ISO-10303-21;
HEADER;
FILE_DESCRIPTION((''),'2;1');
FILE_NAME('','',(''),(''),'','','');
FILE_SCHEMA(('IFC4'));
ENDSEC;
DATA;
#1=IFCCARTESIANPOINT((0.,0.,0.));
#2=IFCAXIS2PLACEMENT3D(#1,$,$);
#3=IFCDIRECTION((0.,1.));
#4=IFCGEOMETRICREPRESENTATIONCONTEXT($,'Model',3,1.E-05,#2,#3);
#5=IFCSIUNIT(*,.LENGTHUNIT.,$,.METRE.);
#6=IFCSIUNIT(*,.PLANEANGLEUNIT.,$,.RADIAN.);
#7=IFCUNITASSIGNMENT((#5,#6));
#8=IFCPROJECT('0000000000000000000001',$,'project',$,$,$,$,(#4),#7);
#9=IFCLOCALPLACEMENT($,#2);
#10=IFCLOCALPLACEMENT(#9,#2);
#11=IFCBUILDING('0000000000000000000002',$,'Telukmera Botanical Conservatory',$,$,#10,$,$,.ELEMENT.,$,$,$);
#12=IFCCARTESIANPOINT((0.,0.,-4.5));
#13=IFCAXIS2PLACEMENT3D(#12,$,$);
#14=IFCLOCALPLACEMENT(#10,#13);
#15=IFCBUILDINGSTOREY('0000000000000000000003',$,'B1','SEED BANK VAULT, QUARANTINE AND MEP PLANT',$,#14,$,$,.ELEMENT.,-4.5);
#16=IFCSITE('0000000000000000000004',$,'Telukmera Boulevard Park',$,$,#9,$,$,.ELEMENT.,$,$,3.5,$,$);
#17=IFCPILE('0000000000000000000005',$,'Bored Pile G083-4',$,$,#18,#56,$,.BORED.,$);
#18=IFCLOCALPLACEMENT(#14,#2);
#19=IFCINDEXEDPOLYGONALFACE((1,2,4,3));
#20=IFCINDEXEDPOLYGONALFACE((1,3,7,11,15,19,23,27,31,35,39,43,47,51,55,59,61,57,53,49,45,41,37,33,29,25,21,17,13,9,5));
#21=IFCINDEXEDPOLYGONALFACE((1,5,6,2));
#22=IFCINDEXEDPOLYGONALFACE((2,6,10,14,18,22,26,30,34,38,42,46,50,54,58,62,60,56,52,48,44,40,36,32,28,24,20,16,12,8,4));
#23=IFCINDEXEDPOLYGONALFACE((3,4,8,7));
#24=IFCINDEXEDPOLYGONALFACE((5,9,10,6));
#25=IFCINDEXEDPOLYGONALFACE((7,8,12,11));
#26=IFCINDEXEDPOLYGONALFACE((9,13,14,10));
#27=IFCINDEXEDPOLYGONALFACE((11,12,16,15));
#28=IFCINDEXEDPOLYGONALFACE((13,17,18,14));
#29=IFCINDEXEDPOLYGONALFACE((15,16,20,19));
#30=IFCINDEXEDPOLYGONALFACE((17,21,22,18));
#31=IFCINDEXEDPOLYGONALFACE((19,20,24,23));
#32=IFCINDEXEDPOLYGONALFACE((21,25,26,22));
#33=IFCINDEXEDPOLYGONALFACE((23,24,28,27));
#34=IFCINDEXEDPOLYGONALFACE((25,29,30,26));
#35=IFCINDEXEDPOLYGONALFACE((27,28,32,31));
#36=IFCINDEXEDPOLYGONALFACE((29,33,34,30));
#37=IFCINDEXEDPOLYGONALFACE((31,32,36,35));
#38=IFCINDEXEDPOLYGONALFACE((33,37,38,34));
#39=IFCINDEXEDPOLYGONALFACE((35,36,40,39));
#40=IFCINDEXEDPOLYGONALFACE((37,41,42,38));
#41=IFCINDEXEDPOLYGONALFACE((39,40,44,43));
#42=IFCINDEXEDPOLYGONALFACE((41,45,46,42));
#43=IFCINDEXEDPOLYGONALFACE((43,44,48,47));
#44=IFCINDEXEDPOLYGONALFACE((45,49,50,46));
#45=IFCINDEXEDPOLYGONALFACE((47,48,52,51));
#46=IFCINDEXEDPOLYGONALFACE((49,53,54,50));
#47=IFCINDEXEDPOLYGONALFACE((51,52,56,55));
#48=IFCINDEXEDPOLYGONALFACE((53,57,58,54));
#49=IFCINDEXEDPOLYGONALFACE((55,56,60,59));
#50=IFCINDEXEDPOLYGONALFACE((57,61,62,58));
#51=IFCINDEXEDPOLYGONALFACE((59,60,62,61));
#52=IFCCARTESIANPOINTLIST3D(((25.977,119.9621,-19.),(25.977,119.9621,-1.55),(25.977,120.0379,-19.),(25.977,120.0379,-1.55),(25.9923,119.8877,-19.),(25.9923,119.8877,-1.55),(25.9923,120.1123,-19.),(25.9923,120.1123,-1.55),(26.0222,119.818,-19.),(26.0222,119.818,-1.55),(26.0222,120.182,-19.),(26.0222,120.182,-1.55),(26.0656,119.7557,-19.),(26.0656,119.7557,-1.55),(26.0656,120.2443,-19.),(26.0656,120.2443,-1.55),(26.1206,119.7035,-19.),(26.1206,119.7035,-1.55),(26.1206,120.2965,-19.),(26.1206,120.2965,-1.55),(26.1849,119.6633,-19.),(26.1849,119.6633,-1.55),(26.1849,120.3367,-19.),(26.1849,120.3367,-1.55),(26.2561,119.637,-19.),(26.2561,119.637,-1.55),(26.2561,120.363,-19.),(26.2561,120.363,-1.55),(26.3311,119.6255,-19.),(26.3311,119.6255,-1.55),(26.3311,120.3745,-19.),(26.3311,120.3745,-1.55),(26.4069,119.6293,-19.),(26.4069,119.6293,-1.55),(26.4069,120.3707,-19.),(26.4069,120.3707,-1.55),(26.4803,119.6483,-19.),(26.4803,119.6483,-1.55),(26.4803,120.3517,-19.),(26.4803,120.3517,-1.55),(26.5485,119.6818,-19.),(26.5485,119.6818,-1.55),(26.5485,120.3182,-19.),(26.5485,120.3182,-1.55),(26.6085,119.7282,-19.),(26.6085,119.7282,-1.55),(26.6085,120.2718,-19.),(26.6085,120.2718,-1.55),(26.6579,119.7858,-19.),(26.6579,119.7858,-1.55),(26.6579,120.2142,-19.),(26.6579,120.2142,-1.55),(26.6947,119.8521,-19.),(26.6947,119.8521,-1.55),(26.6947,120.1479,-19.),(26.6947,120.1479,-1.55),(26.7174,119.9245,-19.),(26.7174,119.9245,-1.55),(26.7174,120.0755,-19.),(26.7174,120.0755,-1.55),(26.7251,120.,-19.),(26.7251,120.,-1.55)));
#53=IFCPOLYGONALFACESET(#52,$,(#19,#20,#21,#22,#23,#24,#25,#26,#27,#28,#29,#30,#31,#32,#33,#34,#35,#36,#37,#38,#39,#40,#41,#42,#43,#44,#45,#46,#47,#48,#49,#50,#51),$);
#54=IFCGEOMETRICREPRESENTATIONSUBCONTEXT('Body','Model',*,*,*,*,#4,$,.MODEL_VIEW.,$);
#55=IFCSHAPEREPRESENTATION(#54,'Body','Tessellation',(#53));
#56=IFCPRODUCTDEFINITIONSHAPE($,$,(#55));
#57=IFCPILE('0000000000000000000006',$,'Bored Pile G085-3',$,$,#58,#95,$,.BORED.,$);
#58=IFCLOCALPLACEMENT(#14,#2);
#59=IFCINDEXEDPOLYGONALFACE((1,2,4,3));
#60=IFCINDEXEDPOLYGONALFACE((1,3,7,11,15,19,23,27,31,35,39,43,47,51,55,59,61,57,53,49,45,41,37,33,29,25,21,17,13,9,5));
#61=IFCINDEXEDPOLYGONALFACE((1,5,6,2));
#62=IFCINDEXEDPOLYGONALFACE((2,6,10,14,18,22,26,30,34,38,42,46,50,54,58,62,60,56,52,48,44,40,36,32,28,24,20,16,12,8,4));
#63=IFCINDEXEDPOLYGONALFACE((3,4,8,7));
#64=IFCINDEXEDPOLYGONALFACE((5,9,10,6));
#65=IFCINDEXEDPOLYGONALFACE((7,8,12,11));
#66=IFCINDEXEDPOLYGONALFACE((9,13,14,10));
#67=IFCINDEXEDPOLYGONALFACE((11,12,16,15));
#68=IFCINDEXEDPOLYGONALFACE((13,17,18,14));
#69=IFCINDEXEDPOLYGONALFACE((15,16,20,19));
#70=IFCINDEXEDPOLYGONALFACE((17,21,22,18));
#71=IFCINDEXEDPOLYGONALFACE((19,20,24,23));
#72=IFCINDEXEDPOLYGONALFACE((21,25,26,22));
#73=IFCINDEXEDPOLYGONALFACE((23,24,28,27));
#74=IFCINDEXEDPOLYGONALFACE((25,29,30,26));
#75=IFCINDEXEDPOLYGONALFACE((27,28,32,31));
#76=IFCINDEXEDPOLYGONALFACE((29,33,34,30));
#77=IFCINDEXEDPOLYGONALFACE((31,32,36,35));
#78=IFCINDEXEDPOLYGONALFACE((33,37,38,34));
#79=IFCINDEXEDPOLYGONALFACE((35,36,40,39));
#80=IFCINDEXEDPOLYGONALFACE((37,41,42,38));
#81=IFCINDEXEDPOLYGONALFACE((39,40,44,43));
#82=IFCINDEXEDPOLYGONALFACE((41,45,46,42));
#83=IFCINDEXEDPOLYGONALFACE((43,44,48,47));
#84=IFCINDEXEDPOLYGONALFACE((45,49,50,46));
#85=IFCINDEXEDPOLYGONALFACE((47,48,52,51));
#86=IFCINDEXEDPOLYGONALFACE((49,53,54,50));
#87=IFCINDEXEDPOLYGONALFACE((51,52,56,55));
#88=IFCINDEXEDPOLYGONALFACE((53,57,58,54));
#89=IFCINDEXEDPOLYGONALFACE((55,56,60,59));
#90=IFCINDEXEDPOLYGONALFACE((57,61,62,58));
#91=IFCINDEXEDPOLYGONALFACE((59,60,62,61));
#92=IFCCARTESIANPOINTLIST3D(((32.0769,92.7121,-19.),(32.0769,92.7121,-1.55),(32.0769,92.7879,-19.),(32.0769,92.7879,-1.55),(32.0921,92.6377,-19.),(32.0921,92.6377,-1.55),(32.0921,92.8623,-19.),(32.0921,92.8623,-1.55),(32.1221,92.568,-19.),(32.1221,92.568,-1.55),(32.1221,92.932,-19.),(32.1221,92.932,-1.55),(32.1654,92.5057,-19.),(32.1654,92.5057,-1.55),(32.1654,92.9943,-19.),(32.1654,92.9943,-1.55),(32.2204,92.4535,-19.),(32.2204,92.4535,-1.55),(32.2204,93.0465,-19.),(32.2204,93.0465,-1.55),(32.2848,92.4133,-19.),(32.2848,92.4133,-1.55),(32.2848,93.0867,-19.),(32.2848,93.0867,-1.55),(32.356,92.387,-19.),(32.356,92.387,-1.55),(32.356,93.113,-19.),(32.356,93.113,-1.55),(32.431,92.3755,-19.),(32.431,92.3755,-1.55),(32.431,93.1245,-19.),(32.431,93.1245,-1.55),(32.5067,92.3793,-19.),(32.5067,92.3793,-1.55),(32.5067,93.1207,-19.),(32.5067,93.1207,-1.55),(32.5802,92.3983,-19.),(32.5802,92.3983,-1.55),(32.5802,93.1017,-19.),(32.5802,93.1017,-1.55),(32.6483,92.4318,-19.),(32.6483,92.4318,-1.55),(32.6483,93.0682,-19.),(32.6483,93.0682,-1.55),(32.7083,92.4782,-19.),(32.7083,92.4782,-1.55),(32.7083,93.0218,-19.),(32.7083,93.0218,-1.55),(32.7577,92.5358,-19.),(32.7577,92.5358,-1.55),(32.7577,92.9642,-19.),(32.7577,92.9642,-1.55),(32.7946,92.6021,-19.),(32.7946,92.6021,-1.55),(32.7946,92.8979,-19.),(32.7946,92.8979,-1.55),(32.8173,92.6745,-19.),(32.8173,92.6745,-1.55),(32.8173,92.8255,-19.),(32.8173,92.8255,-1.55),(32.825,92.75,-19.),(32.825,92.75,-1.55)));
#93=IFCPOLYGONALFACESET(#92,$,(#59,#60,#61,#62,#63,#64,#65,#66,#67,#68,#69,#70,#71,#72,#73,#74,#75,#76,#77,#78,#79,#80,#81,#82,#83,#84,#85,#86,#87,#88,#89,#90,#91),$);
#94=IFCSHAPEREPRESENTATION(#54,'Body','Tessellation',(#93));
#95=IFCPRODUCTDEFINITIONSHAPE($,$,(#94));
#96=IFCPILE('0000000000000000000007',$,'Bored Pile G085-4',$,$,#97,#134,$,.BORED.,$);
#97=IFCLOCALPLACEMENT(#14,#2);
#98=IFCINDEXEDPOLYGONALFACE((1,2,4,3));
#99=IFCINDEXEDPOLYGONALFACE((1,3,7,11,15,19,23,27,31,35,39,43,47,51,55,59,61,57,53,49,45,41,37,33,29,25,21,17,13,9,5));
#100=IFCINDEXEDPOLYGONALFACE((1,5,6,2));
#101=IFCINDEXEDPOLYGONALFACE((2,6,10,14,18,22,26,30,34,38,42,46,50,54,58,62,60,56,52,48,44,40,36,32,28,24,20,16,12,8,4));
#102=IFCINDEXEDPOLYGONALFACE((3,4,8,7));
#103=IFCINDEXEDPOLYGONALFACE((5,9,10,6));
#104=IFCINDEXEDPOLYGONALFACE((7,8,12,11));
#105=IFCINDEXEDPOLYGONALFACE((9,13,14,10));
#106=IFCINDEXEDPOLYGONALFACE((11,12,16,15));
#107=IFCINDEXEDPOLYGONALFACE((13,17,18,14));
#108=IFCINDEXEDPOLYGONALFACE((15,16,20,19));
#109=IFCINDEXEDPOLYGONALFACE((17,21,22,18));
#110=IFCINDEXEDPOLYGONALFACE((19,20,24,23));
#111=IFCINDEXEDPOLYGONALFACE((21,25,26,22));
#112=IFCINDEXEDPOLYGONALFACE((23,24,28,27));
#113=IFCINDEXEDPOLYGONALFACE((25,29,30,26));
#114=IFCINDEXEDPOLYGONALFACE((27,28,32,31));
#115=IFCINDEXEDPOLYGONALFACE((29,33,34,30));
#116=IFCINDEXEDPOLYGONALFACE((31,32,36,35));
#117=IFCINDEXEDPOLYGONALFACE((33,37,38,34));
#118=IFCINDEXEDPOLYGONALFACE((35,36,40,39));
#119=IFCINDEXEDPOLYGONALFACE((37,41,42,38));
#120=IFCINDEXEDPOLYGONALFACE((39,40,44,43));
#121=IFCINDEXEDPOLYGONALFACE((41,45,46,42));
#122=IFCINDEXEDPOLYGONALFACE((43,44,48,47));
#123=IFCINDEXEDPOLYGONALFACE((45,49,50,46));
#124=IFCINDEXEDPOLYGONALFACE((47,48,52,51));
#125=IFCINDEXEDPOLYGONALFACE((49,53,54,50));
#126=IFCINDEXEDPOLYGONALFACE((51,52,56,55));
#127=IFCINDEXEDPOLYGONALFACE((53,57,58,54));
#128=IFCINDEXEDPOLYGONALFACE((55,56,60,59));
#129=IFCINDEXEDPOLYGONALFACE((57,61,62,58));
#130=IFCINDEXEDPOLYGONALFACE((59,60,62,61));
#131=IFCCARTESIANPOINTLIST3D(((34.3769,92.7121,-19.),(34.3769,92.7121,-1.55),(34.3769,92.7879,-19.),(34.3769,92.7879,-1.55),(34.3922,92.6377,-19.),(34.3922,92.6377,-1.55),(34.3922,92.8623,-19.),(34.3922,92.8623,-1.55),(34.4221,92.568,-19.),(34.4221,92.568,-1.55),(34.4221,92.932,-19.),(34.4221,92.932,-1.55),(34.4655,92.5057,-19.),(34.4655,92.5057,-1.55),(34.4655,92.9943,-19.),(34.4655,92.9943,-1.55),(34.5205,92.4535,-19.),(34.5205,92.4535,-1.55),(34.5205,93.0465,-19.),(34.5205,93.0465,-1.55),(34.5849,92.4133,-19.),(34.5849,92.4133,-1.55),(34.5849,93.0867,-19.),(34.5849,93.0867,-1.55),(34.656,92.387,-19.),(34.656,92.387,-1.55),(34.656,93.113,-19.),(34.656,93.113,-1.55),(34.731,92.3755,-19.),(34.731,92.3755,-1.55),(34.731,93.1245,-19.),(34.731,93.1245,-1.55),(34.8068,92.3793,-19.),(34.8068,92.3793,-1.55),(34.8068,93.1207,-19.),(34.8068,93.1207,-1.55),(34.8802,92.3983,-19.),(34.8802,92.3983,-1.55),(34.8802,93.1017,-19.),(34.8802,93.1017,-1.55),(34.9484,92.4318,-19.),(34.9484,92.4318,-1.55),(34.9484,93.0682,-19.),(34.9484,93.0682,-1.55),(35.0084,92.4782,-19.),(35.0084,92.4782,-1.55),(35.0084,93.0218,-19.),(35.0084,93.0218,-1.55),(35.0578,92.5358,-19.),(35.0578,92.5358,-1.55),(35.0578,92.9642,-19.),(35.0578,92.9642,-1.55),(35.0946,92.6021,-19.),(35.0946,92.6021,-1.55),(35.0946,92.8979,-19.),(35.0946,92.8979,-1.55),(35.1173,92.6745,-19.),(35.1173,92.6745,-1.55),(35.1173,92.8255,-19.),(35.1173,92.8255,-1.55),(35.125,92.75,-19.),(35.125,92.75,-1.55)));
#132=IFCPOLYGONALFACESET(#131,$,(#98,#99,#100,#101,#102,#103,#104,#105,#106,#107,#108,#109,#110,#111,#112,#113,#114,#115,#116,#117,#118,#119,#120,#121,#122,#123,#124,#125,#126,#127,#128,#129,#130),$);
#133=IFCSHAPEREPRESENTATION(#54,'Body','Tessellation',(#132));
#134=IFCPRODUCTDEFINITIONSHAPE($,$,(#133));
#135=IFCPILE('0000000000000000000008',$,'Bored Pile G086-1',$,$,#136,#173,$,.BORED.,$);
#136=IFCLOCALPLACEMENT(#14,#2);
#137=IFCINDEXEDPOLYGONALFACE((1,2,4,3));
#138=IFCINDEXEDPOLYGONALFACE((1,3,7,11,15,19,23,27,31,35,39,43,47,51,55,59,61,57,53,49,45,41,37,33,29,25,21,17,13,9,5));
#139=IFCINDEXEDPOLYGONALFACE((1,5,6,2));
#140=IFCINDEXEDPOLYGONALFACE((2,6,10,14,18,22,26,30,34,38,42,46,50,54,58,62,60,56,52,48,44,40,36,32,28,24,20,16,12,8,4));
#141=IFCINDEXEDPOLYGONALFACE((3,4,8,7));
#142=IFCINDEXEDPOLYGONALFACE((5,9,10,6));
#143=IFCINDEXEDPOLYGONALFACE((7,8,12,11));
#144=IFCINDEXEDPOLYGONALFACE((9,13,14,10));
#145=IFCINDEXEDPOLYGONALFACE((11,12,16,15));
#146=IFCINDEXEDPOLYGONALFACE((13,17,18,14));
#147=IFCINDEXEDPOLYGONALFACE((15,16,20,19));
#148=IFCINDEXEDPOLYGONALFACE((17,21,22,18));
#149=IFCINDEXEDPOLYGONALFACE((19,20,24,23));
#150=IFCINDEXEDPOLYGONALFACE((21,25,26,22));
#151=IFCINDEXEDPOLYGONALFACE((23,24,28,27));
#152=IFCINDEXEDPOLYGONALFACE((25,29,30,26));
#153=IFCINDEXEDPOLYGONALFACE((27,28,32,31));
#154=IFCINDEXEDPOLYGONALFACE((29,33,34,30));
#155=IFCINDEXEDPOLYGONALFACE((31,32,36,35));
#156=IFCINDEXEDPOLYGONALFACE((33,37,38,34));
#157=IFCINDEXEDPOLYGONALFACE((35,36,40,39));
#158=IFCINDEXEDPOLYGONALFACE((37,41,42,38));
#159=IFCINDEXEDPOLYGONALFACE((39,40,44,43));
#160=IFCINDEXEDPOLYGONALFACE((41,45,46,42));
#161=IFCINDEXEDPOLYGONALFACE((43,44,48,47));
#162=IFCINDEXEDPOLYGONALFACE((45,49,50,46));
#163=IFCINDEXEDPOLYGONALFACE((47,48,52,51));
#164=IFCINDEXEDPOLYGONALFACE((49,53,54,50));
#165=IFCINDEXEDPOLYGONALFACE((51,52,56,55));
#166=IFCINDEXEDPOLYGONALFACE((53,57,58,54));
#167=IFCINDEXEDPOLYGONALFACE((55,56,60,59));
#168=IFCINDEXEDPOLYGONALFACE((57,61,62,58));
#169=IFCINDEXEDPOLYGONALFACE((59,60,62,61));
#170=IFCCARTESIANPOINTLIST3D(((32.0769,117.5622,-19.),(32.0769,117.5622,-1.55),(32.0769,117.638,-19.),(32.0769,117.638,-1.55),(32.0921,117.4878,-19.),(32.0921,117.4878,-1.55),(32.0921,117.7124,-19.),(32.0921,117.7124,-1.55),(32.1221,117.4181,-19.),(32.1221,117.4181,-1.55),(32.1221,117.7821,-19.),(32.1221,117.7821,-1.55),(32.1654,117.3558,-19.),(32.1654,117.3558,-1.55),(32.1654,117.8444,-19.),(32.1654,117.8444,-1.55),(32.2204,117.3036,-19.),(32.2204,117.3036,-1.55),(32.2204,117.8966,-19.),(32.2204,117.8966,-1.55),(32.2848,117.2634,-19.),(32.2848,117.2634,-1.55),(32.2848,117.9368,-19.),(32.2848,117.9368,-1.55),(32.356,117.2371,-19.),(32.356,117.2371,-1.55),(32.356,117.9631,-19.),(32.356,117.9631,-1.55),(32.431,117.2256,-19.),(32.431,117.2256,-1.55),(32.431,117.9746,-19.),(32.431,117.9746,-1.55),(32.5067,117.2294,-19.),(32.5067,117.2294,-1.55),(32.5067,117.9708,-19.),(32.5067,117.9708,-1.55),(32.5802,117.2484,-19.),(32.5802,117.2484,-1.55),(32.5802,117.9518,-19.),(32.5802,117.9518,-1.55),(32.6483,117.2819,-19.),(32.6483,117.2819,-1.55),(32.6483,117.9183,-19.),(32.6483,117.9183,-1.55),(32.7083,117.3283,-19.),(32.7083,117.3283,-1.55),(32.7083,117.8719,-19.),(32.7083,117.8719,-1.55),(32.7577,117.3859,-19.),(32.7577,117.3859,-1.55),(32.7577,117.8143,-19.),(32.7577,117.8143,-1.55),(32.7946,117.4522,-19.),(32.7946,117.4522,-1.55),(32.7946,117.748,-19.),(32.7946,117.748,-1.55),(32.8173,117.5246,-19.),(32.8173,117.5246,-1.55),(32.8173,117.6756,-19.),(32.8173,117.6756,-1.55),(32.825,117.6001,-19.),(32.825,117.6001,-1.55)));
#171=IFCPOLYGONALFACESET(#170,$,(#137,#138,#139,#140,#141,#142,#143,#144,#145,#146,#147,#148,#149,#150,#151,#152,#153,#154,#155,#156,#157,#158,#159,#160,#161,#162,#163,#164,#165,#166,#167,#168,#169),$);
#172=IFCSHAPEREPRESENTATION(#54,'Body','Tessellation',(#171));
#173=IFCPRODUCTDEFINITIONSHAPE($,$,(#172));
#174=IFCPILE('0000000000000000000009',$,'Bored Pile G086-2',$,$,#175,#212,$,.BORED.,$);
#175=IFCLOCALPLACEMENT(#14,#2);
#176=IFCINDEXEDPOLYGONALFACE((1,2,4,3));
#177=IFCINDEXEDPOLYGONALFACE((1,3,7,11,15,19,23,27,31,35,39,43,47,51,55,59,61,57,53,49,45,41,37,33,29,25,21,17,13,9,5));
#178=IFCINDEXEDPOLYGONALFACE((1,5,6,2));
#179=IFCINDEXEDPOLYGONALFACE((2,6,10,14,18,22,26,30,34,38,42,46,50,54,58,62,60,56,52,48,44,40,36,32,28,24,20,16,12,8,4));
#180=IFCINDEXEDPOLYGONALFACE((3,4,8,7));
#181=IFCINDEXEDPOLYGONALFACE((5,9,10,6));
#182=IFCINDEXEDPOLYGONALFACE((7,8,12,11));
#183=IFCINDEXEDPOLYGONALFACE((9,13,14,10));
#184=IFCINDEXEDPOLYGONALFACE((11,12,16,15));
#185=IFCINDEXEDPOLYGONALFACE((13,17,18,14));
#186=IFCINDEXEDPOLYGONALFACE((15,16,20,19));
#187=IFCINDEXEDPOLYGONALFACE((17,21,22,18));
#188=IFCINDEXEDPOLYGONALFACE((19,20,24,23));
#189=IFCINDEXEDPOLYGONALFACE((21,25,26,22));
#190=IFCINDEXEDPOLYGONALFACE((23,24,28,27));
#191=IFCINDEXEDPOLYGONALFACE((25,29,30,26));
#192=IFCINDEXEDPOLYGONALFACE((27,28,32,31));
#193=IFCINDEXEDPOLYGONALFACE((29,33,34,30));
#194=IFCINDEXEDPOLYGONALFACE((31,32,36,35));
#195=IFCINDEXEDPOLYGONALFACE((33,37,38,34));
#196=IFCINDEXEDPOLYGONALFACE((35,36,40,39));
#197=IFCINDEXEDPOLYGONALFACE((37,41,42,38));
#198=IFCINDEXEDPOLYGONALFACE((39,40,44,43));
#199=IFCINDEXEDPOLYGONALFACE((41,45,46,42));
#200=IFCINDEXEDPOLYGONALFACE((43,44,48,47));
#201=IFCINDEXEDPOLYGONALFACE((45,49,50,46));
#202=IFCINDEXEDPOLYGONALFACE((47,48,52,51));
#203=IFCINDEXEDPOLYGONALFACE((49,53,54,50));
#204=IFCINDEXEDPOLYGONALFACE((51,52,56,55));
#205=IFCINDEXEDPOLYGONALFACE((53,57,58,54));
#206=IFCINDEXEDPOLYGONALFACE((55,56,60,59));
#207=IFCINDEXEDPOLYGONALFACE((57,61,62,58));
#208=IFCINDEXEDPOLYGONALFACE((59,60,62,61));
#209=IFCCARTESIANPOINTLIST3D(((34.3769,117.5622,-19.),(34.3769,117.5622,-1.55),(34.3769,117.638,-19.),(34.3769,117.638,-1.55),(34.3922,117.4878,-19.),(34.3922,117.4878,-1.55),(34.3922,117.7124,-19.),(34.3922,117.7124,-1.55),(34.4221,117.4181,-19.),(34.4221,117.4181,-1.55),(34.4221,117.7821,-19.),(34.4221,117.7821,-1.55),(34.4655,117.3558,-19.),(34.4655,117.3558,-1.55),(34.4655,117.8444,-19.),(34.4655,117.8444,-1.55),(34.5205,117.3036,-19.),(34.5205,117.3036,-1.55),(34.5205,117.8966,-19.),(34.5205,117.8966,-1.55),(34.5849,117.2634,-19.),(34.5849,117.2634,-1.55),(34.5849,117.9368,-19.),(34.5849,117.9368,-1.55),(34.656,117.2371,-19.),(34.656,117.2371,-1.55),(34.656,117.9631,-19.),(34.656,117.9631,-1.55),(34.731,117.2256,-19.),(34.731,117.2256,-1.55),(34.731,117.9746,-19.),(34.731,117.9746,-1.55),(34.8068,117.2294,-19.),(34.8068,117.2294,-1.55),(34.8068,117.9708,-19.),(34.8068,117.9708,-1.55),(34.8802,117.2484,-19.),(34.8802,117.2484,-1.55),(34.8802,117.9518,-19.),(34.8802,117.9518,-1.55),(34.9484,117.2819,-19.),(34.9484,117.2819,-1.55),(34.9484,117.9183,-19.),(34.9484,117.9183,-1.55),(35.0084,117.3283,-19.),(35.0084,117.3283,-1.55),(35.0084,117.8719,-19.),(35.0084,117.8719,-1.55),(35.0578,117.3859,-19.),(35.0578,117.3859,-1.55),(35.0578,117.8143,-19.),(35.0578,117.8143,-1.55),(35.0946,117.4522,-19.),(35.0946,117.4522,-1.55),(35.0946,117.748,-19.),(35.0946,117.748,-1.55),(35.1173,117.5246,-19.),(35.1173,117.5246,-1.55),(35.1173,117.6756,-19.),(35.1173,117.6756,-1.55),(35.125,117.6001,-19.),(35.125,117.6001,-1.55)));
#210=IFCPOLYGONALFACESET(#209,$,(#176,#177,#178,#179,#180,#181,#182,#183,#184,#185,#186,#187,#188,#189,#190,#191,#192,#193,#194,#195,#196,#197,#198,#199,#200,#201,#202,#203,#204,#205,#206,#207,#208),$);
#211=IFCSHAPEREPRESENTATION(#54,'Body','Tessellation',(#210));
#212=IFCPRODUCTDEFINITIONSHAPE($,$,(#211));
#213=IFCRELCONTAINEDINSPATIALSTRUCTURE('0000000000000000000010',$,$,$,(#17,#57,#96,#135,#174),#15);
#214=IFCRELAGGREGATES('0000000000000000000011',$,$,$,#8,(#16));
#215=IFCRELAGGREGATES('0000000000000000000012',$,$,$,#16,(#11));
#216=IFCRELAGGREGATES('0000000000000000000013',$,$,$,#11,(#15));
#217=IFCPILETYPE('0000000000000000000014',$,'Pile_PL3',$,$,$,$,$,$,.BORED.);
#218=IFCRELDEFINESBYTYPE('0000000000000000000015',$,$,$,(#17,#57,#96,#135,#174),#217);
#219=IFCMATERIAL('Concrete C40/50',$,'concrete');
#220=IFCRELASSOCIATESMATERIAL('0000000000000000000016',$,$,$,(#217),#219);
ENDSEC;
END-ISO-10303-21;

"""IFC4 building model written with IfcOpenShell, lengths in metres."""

from ifc_helpers import new_model, si_unit, direction, frame, origin, origin_2d, place, context, subcontext, project, spatial, circle, extrude, material, material_profile, profile_set, type_object, element, save


model = new_model("IFC4")

# Units and contexts
model_context = context("Model", 3, precision=1e-05, world=origin(), true_north=direction((0.0, 1.0)))
body_context = subcontext(model_context, "Body", "Model", "MODEL_VIEW")
ifc_project = project(units=[si_unit("LENGTHUNIT", "METRE"), si_unit("PLANEANGLEUNIT", "RADIAN")], contexts=[model_context])

# Site, building, storey
site_placement = place(None, origin())
site = spatial("IfcSite", under=ifc_project, at=site_placement, Name="Telukmera Boulevard Park", CompositionType="ELEMENT", RefElevation=3.5)
building_placement = place(site_placement, origin())
building = spatial("IfcBuilding", under=site, at=building_placement, Name="Telukmera Botanical Conservatory", CompositionType="ELEMENT")
storey_placement = place(building_placement, frame((0.0, 0.0, -4.5)))
storey = spatial("IfcBuildingStorey", under=building, at=storey_placement, Name="B1", Description="SEED BANK VAULT, QUARANTINE AND MEP PLANT", CompositionType="ELEMENT", Elevation=-4.5)

# Shared definitions
ifc_material_1 = material(Name="Concrete C40/50", Category="concrete")

# Piles
ifc_material_profile_1 = material_profile(ifc_material_1, circle(Radius=0.375, at=origin_2d()), Name="PILE D750")
ifc_profile_set_1 = profile_set([ifc_material_profile_1], Name="Concrete C40/50")
pile_type = type_object("IfcPileType", Name="Pile_PL3", PredefinedType="BORED", material=ifc_profile_set_1)
for number, where, z_axis, x_axis, name in (
    (1, (26.3501, 120.0, -1.55), (0.0, 0.0, -1.0), (1.0, 0.0, 0.0), "Bored Pile G083-4"),
    (2, (32.45, 92.75, -1.55), (0.0, 0.0, -1.0), (1.0, 0.0, 0.0), "Bored Pile G085-3"),
    (3, (34.75, 92.75, -1.55), (0.0, 0.0, -1.0), (1.0, 0.0, 0.0), "Bored Pile G085-4"),
    (4, (32.45, 117.6001, -1.55), (0.0, 0.0, -1.0), (1.0, 0.0, 0.0), "Bored Pile G086-1"),
    (5, (34.75, 117.6001, -1.55), (0.0, 0.0, -1.0), (1.0, 0.0, 0.0), "Bored Pile G086-2"),
):
    element("IfcPile", number, at=place(storey_placement, frame(where, z_axis=z_axis, x_axis=x_axis)), inside=storey, type_object=pile_type, Name=name, PredefinedType="BORED", context=body_context, shape_type="SweptSolid", body=[
        extrude(circle(Radius=0.375, at=origin_2d()), origin(), (0.0, 0.0, 1.0), 17.45),
    ])

save(model, "model.ifc")
